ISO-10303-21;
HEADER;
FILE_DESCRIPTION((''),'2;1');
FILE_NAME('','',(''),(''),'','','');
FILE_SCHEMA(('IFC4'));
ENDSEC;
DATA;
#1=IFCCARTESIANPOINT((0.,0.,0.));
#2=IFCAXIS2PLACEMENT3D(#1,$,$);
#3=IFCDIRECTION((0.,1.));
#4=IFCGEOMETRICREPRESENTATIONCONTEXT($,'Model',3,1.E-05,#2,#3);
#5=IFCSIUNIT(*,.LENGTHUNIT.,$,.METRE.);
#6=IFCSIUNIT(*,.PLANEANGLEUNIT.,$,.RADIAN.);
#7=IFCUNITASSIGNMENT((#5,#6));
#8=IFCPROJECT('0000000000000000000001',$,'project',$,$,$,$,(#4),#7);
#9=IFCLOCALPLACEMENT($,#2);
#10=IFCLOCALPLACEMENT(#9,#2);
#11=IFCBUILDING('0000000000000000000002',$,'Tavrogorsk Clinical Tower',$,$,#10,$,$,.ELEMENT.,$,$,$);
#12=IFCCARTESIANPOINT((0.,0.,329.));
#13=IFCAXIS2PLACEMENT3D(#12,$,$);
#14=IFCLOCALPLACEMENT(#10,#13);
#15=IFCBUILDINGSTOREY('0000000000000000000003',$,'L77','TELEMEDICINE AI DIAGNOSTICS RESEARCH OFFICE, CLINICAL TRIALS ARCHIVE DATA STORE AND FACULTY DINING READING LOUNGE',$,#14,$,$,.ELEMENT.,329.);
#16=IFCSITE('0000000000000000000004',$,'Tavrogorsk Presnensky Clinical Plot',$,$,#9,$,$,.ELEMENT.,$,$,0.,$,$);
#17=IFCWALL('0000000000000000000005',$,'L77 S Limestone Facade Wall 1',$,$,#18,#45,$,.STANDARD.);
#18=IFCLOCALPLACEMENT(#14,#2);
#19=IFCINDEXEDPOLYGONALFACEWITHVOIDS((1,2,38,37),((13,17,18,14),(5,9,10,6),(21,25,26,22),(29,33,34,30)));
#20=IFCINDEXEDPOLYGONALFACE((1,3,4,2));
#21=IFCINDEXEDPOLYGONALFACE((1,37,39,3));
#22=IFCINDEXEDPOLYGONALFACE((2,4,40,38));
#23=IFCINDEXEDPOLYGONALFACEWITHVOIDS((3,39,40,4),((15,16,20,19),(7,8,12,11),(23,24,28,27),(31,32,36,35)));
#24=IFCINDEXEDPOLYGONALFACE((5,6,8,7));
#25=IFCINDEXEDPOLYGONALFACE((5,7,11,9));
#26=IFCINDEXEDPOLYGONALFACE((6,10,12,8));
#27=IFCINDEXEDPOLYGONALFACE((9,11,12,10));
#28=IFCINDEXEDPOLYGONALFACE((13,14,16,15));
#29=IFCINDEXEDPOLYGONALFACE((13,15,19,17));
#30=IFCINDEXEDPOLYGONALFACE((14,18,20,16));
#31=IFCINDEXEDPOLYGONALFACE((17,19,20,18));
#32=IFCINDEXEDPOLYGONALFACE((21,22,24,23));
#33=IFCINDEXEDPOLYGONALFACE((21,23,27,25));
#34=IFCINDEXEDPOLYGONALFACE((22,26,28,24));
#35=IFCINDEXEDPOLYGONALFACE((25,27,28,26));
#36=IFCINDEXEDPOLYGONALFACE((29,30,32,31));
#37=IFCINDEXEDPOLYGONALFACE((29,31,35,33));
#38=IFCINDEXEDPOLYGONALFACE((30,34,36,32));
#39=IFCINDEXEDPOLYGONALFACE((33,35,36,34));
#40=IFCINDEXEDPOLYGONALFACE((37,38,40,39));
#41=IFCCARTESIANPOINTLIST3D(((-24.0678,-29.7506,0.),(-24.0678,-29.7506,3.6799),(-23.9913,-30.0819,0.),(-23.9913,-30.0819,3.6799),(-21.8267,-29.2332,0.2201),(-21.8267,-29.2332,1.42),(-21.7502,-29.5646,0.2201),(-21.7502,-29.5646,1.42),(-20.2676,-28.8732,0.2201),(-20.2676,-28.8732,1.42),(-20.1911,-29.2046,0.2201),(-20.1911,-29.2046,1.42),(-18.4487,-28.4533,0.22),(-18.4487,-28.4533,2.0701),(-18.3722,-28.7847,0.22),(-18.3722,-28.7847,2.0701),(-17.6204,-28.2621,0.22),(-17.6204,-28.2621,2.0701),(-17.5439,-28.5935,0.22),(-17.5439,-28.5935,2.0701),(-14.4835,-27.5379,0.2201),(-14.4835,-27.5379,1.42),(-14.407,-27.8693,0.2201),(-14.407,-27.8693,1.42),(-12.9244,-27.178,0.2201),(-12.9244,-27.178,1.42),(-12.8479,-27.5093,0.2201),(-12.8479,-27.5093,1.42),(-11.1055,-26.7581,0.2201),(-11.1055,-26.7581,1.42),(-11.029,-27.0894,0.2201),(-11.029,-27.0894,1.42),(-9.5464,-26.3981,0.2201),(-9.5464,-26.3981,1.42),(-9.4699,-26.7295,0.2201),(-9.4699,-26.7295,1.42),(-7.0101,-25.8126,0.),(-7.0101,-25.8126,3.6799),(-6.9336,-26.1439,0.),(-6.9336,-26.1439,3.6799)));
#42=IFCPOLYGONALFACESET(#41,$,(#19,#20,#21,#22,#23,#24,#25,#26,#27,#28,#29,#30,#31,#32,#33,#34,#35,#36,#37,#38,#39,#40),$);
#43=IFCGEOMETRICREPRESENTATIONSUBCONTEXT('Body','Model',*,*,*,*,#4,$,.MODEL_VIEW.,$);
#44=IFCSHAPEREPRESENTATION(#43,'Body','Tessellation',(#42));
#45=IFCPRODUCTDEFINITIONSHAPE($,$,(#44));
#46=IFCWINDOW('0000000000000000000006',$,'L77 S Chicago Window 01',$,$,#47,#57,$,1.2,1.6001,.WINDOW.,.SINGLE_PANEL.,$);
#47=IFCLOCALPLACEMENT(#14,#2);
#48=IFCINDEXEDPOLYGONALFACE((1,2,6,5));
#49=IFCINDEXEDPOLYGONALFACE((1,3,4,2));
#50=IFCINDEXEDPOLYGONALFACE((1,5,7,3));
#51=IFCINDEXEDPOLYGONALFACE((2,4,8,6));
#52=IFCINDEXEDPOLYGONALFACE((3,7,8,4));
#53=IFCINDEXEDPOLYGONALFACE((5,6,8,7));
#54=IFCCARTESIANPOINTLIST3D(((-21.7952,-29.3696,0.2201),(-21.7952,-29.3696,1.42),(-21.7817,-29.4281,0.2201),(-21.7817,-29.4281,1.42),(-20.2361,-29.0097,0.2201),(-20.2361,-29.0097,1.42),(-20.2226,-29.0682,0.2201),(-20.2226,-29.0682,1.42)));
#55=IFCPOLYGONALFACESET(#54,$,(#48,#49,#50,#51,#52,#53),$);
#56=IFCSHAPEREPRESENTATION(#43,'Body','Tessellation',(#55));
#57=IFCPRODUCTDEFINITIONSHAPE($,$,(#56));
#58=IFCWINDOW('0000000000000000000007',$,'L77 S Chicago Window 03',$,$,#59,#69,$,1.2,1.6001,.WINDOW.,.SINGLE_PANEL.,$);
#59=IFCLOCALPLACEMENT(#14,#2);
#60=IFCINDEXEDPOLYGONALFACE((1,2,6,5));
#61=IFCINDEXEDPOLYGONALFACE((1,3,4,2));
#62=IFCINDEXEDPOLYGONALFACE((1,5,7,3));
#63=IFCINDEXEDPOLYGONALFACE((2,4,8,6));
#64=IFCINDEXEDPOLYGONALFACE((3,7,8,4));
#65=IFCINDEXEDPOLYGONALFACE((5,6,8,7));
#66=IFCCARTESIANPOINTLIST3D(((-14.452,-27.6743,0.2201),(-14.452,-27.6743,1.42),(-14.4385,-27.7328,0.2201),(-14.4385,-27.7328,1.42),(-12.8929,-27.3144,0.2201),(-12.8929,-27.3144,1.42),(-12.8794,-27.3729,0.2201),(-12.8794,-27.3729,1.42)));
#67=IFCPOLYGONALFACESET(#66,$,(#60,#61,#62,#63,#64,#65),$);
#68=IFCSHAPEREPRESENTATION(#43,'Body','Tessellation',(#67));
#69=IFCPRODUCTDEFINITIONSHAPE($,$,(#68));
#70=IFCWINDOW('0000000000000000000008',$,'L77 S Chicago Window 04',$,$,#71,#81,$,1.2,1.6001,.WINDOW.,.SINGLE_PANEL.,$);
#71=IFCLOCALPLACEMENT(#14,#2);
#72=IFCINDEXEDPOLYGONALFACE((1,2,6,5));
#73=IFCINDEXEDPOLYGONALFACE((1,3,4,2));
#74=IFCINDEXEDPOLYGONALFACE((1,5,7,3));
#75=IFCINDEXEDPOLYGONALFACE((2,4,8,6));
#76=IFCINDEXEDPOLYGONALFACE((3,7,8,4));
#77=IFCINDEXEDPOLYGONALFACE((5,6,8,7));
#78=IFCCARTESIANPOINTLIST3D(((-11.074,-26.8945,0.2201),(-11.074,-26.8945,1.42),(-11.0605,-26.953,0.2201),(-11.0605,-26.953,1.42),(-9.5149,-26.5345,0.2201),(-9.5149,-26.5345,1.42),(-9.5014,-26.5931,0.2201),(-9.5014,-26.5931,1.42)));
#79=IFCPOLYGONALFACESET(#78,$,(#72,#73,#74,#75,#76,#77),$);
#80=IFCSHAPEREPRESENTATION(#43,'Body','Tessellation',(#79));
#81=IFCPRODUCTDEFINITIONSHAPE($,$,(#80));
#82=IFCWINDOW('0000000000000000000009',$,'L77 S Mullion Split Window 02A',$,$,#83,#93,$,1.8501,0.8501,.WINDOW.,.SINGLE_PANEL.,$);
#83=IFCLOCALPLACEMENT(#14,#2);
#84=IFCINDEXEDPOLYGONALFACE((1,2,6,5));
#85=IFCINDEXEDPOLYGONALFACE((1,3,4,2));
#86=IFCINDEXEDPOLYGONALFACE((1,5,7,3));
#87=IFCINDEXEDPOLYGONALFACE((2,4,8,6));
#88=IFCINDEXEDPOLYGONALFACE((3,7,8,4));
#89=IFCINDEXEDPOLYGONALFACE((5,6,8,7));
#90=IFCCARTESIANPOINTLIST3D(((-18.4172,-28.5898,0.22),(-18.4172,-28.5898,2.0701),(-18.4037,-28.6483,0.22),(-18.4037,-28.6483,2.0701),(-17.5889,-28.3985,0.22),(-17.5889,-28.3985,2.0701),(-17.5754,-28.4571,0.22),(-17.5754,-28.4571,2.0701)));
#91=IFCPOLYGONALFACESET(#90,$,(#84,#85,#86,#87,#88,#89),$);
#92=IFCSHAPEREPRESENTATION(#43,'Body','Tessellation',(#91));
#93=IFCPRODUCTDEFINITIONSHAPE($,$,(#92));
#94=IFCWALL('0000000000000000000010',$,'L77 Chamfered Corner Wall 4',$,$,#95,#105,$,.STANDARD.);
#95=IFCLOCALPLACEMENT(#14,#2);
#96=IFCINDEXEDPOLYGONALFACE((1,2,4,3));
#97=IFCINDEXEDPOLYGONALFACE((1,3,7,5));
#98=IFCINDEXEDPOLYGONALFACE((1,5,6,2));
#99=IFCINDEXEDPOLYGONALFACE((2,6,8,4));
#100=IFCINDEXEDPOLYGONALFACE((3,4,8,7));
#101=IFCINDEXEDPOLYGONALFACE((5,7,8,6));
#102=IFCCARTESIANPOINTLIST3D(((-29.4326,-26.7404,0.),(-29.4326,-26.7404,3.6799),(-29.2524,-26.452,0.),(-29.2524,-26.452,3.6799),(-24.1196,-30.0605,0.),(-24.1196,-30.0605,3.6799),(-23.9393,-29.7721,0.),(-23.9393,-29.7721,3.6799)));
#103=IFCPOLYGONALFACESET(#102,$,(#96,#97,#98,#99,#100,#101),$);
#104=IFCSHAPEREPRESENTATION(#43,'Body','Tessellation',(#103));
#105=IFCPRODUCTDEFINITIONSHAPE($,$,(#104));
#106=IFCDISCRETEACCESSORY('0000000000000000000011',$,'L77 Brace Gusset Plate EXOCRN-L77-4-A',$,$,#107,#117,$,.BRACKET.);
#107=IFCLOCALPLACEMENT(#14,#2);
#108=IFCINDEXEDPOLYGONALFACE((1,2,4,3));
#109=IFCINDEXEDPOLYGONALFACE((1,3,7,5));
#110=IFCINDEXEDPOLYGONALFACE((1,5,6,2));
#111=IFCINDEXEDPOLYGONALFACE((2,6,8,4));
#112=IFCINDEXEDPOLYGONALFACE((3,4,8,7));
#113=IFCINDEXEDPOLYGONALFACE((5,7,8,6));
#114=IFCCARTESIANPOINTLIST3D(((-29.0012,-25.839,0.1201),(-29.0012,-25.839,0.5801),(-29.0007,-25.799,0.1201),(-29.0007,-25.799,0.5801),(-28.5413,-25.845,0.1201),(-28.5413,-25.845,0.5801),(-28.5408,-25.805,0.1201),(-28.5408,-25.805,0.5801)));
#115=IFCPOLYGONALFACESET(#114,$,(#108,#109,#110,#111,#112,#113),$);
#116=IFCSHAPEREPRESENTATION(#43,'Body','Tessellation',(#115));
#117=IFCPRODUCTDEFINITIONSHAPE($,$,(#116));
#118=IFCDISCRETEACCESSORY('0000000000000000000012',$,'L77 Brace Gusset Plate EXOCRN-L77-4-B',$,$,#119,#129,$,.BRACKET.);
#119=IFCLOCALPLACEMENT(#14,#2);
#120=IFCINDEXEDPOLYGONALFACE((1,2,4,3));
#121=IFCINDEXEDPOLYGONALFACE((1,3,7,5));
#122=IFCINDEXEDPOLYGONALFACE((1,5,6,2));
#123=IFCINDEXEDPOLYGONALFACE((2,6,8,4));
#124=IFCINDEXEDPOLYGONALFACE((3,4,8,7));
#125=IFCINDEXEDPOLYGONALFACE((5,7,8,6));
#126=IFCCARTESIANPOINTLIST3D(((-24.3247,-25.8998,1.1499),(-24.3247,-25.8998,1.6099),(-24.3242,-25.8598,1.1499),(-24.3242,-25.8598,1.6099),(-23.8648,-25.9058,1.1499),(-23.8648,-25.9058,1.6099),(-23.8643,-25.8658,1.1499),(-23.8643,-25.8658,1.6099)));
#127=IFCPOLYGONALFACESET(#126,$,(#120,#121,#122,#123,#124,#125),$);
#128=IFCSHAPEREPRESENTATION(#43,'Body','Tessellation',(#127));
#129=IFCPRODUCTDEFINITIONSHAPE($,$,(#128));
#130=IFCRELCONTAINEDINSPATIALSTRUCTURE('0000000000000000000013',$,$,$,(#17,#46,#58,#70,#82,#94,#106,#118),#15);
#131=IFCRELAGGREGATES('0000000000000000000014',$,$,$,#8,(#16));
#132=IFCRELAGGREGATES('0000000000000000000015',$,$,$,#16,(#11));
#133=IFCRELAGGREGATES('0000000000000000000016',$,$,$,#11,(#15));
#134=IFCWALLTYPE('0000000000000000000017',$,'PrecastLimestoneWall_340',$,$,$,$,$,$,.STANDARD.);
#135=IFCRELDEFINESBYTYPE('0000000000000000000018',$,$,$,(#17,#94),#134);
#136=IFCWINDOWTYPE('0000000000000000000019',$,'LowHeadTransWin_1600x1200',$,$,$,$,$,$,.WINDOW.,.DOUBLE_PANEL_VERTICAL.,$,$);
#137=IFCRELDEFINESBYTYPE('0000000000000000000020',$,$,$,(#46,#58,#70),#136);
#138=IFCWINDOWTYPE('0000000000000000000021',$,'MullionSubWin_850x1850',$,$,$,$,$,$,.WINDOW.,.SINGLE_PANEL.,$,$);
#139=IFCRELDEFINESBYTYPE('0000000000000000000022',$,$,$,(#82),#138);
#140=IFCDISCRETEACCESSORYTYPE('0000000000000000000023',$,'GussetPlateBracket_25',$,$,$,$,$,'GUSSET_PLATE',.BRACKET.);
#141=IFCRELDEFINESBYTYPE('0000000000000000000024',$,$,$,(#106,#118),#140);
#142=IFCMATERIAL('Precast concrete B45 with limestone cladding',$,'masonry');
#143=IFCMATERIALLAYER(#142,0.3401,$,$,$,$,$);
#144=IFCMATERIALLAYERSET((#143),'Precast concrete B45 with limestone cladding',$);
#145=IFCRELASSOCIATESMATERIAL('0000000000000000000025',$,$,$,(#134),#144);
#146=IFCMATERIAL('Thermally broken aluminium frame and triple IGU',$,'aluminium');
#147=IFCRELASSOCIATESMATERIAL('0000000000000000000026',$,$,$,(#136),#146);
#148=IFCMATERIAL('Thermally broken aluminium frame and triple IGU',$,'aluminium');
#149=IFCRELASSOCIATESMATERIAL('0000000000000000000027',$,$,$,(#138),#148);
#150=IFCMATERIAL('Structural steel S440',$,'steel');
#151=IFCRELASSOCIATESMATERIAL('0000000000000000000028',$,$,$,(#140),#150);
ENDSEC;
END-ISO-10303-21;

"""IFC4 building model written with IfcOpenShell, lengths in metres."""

from ifc_helpers import new_model, si_unit, direction, frame, frame_2d, origin, origin_2d, place, context, subcontext, project, spatial, rectangle, extrude, material, layer, layer_set, type_object, element, fill, save


model = new_model("IFC4")

# Units and contexts
model_context = context("Model", 3, precision=1e-05, world=origin(), true_north=direction((0.0, 1.0)))
body_context = subcontext(model_context, "Body", "Model", "MODEL_VIEW")
ifc_project = project(units=[si_unit("LENGTHUNIT", "METRE"), si_unit("PLANEANGLEUNIT", "RADIAN")], contexts=[model_context])

# Site, building, storey
site_placement = place(None, origin())
site = spatial("IfcSite", under=ifc_project, at=site_placement, Name="Tavrogorsk Presnensky Clinical Plot", CompositionType="ELEMENT", RefElevation=0.0)
building_placement = place(site_placement, origin())
building = spatial("IfcBuilding", under=site, at=building_placement, Name="Tavrogorsk Clinical Tower", CompositionType="ELEMENT")
storey_placement = place(building_placement, frame((0.0, 0.0, 329.0)))
storey = spatial("IfcBuildingStorey", under=building, at=storey_placement, Name="L77", Description="TELEMEDICINE AI DIAGNOSTICS RESEARCH OFFICE, CLINICAL TRIALS ARCHIVE DATA STORE AND FACULTY DINING READING LOUNGE", CompositionType="ELEMENT", Elevation=329.0)

# Wall, openings, windows
ifc_material_1 = material(Name="Precast concrete B45 with limestone cladding", Category="masonry")
ifc_layer_1 = layer(ifc_material_1, 0.3401)
ifc_layer_set_1 = layer_set([ifc_layer_1], Name="Precast concrete B45 with limestone cladding")
wall_type_1 = type_object("IfcWallType", Name="PrecastLimestoneWall_340", PredefinedType="STANDARD", material=ifc_layer_set_1)
wall_1_placement = place(storey_placement, frame((-24.0295, -29.9163, 0.0), z_axis=(0.0, 0.0, 1.0), x_axis=(0.974371, 0.224947, 0.0)))
wall_1 = element("IfcWall", 1, at=wall_1_placement, inside=storey, type_object=wall_type_1, Name="L77 S Limestone Facade Wall 1", PredefinedType="STANDARD", context=body_context, shape_type="SweptSolid", body=[
    extrude(rectangle(XDim=17.5063, YDim=0.3401, at=frame_2d((8.7532, 0.0))), origin(), (0.0, 0.0, 1.0), 3.6799),
])
opening_1_placement = place(wall_1_placement, frame((2.3, 0.0, 0.22)))
opening_1 = element("IfcOpeningElement", 2, at=opening_1_placement, cuts=wall_1, PredefinedType="OPENING", context=body_context, shape_type="SweptSolid", body=[
    extrude(rectangle(XDim=1.6001, YDim=1.2, at=frame_2d((0.8, 0.6001))), frame((0.0, 0.1799, 0.0), z_axis=(0.0, -1.0, 0.0), x_axis=(1.0, 0.0, 0.0)), (0.0, 0.0, 1.0), 0.3601),
])
opening_2_placement = place(wall_1_placement, frame((5.7668, 0.0, 0.22)))
opening_2 = element("IfcOpeningElement", 3, at=opening_2_placement, cuts=wall_1, PredefinedType="OPENING", context=body_context, shape_type="SweptSolid", body=[
    extrude(rectangle(XDim=0.8501, YDim=1.8501, at=frame_2d((0.425, 0.925))), frame((0.0, 0.1799, 0.0), z_axis=(0.0, -1.0, 0.0), x_axis=(1.0, 0.0, 0.0)), (0.0, 0.0, 1.0), 0.3601),
])
opening_3_placement = place(wall_1_placement, frame((9.8364, 0.0, 0.22)))
opening_3 = element("IfcOpeningElement", 4, at=opening_3_placement, cuts=wall_1, PredefinedType="OPENING", context=body_context, shape_type="SweptSolid", body=[
    extrude(rectangle(XDim=1.6001, YDim=1.2, at=frame_2d((0.8, 0.6001))), frame((0.0, 0.1799, 0.0), z_axis=(0.0, -1.0, 0.0), x_axis=(1.0, 0.0, 0.0)), (0.0, 0.0, 1.0), 0.3601),
])
opening_4_placement = place(wall_1_placement, frame((13.3032, 0.0, 0.22)))
opening_4 = element("IfcOpeningElement", 5, at=opening_4_placement, cuts=wall_1, PredefinedType="OPENING", context=body_context, shape_type="SweptSolid", body=[
    extrude(rectangle(XDim=1.6001, YDim=1.2, at=frame_2d((0.8, 0.6001))), frame((0.0, 0.1799, 0.0), z_axis=(0.0, -1.0, 0.0), x_axis=(1.0, 0.0, 0.0)), (0.0, 0.0, 1.0), 0.3601),
])
ifc_material_2 = material(Name="Thermally broken aluminium frame and triple IGU", Category="aluminium")
window_type_1 = type_object("IfcWindowType", Name="LowHeadTransWin_1600x1200", PartitioningType="DOUBLE_PANEL_VERTICAL", PredefinedType="WINDOW", material=ifc_material_2)
window_1_placement = place(opening_1_placement, origin())
window_1 = element("IfcWindow", 6, at=window_1_placement, inside=storey, type_object=window_type_1, Name="L77 S Chicago Window 01", OverallHeight=1.2, OverallWidth=1.6001, PartitioningType="SINGLE_PANEL", PredefinedType="WINDOW", context=body_context, shape_type="SweptSolid", body=[
    extrude(rectangle(XDim=1.6001, YDim=1.2, at=frame_2d((0.8, 0.6001))), frame((0.0, 0.03, 0.0), z_axis=(0.0, -1.0, 0.0), x_axis=(1.0, 0.0, 0.0)), (0.0, 0.0, 1.0), 0.0601),
])
fill(opening_1, window_1)
window_2_placement = place(opening_3_placement, origin())
window_2 = element("IfcWindow", 7, at=window_2_placement, inside=storey, type_object=window_type_1, Name="L77 S Chicago Window 03", OverallHeight=1.2, OverallWidth=1.6001, PartitioningType="SINGLE_PANEL", PredefinedType="WINDOW", context=body_context, shape_type="SweptSolid", body=[
    extrude(rectangle(XDim=1.6001, YDim=1.2, at=frame_2d((0.8, 0.6001))), frame((0.0, 0.03, 0.0), z_axis=(0.0, -1.0, 0.0), x_axis=(1.0, 0.0, 0.0)), (0.0, 0.0, 1.0), 0.0601),
])
fill(opening_3, window_2)
window_3_placement = place(opening_4_placement, origin())
window_3 = element("IfcWindow", 8, at=window_3_placement, inside=storey, type_object=window_type_1, Name="L77 S Chicago Window 04", OverallHeight=1.2, OverallWidth=1.6001, PartitioningType="SINGLE_PANEL", PredefinedType="WINDOW", context=body_context, shape_type="SweptSolid", body=[
    extrude(rectangle(XDim=1.6001, YDim=1.2, at=frame_2d((0.8, 0.6001))), frame((0.0, 0.03, 0.0), z_axis=(0.0, -1.0, 0.0), x_axis=(1.0, 0.0, 0.0)), (0.0, 0.0, 1.0), 0.0601),
])
fill(opening_4, window_3)
ifc_material_3 = material(Name="Thermally broken aluminium frame and triple IGU", Category="aluminium")
window_type_2 = type_object("IfcWindowType", Name="MullionSubWin_850x1850", PartitioningType="SINGLE_PANEL", PredefinedType="WINDOW", material=ifc_material_3)
window_4_placement = place(opening_2_placement, origin())
window_4 = element("IfcWindow", 9, at=window_4_placement, inside=storey, type_object=window_type_2, Name="L77 S Mullion Split Window 02A", OverallHeight=1.8501, OverallWidth=0.8501, PartitioningType="SINGLE_PANEL", PredefinedType="WINDOW", context=body_context, shape_type="SweptSolid", body=[
    extrude(rectangle(XDim=0.8501, YDim=1.8501, at=frame_2d((0.425, 0.925))), frame((0.0, 0.03, 0.0), z_axis=(0.0, -1.0, 0.0), x_axis=(1.0, 0.0, 0.0)), (0.0, 0.0, 1.0), 0.0601),
])
fill(opening_2, window_4)

# Wall
wall_2_placement = place(storey_placement, frame((-29.3425, -26.5962, 0.0), z_axis=(0.0, 0.0, 1.0), x_axis=(0.848038, -0.529936, 0.0)))
element("IfcWall", 10, at=wall_2_placement, inside=storey, type_object=wall_type_1, Name="L77 Chamfered Corner Wall 4", PredefinedType="STANDARD", context=body_context, shape_type="SweptSolid", body=[
    extrude(rectangle(XDim=6.2651, YDim=0.3401, at=frame_2d((3.1326, 0.0))), origin(), (0.0, 0.0, 1.0), 3.6799),
])

# Discrete accessories
ifc_material_4 = material(Name="Structural steel S440", Category="steel")
discrete_accessory_type = type_object("IfcDiscreteAccessoryType", Name="GussetPlateBracket_25", ElementType="GUSSET_PLATE", PredefinedType="BRACKET", material=ifc_material_4)
for number, where, z_axis, x_axis, name in (
    (11, (-28.771, -25.822, 0.1201), (0.0, 0.0, 1.0), (0.999914, -0.01309, 0.0), "L77 Brace Gusset Plate EXOCRN-L77-4-A"),
    (12, (-24.0945, -25.8828, 1.1499), (0.0, 0.0, 1.0), (0.999914, -0.01309, 0.0), "L77 Brace Gusset Plate EXOCRN-L77-4-B"),
):
    element("IfcDiscreteAccessory", number, at=place(storey_placement, frame(where, z_axis=z_axis, x_axis=x_axis)), inside=storey, type_object=discrete_accessory_type, Name=name, PredefinedType="BRACKET", context=body_context, shape_type="SweptSolid", body=[
        extrude(rectangle(XDim=0.46, YDim=0.04, at=origin_2d()), origin(), (0.0, 0.0, 1.0), 0.46),
    ])

save(model, "model.ifc")
